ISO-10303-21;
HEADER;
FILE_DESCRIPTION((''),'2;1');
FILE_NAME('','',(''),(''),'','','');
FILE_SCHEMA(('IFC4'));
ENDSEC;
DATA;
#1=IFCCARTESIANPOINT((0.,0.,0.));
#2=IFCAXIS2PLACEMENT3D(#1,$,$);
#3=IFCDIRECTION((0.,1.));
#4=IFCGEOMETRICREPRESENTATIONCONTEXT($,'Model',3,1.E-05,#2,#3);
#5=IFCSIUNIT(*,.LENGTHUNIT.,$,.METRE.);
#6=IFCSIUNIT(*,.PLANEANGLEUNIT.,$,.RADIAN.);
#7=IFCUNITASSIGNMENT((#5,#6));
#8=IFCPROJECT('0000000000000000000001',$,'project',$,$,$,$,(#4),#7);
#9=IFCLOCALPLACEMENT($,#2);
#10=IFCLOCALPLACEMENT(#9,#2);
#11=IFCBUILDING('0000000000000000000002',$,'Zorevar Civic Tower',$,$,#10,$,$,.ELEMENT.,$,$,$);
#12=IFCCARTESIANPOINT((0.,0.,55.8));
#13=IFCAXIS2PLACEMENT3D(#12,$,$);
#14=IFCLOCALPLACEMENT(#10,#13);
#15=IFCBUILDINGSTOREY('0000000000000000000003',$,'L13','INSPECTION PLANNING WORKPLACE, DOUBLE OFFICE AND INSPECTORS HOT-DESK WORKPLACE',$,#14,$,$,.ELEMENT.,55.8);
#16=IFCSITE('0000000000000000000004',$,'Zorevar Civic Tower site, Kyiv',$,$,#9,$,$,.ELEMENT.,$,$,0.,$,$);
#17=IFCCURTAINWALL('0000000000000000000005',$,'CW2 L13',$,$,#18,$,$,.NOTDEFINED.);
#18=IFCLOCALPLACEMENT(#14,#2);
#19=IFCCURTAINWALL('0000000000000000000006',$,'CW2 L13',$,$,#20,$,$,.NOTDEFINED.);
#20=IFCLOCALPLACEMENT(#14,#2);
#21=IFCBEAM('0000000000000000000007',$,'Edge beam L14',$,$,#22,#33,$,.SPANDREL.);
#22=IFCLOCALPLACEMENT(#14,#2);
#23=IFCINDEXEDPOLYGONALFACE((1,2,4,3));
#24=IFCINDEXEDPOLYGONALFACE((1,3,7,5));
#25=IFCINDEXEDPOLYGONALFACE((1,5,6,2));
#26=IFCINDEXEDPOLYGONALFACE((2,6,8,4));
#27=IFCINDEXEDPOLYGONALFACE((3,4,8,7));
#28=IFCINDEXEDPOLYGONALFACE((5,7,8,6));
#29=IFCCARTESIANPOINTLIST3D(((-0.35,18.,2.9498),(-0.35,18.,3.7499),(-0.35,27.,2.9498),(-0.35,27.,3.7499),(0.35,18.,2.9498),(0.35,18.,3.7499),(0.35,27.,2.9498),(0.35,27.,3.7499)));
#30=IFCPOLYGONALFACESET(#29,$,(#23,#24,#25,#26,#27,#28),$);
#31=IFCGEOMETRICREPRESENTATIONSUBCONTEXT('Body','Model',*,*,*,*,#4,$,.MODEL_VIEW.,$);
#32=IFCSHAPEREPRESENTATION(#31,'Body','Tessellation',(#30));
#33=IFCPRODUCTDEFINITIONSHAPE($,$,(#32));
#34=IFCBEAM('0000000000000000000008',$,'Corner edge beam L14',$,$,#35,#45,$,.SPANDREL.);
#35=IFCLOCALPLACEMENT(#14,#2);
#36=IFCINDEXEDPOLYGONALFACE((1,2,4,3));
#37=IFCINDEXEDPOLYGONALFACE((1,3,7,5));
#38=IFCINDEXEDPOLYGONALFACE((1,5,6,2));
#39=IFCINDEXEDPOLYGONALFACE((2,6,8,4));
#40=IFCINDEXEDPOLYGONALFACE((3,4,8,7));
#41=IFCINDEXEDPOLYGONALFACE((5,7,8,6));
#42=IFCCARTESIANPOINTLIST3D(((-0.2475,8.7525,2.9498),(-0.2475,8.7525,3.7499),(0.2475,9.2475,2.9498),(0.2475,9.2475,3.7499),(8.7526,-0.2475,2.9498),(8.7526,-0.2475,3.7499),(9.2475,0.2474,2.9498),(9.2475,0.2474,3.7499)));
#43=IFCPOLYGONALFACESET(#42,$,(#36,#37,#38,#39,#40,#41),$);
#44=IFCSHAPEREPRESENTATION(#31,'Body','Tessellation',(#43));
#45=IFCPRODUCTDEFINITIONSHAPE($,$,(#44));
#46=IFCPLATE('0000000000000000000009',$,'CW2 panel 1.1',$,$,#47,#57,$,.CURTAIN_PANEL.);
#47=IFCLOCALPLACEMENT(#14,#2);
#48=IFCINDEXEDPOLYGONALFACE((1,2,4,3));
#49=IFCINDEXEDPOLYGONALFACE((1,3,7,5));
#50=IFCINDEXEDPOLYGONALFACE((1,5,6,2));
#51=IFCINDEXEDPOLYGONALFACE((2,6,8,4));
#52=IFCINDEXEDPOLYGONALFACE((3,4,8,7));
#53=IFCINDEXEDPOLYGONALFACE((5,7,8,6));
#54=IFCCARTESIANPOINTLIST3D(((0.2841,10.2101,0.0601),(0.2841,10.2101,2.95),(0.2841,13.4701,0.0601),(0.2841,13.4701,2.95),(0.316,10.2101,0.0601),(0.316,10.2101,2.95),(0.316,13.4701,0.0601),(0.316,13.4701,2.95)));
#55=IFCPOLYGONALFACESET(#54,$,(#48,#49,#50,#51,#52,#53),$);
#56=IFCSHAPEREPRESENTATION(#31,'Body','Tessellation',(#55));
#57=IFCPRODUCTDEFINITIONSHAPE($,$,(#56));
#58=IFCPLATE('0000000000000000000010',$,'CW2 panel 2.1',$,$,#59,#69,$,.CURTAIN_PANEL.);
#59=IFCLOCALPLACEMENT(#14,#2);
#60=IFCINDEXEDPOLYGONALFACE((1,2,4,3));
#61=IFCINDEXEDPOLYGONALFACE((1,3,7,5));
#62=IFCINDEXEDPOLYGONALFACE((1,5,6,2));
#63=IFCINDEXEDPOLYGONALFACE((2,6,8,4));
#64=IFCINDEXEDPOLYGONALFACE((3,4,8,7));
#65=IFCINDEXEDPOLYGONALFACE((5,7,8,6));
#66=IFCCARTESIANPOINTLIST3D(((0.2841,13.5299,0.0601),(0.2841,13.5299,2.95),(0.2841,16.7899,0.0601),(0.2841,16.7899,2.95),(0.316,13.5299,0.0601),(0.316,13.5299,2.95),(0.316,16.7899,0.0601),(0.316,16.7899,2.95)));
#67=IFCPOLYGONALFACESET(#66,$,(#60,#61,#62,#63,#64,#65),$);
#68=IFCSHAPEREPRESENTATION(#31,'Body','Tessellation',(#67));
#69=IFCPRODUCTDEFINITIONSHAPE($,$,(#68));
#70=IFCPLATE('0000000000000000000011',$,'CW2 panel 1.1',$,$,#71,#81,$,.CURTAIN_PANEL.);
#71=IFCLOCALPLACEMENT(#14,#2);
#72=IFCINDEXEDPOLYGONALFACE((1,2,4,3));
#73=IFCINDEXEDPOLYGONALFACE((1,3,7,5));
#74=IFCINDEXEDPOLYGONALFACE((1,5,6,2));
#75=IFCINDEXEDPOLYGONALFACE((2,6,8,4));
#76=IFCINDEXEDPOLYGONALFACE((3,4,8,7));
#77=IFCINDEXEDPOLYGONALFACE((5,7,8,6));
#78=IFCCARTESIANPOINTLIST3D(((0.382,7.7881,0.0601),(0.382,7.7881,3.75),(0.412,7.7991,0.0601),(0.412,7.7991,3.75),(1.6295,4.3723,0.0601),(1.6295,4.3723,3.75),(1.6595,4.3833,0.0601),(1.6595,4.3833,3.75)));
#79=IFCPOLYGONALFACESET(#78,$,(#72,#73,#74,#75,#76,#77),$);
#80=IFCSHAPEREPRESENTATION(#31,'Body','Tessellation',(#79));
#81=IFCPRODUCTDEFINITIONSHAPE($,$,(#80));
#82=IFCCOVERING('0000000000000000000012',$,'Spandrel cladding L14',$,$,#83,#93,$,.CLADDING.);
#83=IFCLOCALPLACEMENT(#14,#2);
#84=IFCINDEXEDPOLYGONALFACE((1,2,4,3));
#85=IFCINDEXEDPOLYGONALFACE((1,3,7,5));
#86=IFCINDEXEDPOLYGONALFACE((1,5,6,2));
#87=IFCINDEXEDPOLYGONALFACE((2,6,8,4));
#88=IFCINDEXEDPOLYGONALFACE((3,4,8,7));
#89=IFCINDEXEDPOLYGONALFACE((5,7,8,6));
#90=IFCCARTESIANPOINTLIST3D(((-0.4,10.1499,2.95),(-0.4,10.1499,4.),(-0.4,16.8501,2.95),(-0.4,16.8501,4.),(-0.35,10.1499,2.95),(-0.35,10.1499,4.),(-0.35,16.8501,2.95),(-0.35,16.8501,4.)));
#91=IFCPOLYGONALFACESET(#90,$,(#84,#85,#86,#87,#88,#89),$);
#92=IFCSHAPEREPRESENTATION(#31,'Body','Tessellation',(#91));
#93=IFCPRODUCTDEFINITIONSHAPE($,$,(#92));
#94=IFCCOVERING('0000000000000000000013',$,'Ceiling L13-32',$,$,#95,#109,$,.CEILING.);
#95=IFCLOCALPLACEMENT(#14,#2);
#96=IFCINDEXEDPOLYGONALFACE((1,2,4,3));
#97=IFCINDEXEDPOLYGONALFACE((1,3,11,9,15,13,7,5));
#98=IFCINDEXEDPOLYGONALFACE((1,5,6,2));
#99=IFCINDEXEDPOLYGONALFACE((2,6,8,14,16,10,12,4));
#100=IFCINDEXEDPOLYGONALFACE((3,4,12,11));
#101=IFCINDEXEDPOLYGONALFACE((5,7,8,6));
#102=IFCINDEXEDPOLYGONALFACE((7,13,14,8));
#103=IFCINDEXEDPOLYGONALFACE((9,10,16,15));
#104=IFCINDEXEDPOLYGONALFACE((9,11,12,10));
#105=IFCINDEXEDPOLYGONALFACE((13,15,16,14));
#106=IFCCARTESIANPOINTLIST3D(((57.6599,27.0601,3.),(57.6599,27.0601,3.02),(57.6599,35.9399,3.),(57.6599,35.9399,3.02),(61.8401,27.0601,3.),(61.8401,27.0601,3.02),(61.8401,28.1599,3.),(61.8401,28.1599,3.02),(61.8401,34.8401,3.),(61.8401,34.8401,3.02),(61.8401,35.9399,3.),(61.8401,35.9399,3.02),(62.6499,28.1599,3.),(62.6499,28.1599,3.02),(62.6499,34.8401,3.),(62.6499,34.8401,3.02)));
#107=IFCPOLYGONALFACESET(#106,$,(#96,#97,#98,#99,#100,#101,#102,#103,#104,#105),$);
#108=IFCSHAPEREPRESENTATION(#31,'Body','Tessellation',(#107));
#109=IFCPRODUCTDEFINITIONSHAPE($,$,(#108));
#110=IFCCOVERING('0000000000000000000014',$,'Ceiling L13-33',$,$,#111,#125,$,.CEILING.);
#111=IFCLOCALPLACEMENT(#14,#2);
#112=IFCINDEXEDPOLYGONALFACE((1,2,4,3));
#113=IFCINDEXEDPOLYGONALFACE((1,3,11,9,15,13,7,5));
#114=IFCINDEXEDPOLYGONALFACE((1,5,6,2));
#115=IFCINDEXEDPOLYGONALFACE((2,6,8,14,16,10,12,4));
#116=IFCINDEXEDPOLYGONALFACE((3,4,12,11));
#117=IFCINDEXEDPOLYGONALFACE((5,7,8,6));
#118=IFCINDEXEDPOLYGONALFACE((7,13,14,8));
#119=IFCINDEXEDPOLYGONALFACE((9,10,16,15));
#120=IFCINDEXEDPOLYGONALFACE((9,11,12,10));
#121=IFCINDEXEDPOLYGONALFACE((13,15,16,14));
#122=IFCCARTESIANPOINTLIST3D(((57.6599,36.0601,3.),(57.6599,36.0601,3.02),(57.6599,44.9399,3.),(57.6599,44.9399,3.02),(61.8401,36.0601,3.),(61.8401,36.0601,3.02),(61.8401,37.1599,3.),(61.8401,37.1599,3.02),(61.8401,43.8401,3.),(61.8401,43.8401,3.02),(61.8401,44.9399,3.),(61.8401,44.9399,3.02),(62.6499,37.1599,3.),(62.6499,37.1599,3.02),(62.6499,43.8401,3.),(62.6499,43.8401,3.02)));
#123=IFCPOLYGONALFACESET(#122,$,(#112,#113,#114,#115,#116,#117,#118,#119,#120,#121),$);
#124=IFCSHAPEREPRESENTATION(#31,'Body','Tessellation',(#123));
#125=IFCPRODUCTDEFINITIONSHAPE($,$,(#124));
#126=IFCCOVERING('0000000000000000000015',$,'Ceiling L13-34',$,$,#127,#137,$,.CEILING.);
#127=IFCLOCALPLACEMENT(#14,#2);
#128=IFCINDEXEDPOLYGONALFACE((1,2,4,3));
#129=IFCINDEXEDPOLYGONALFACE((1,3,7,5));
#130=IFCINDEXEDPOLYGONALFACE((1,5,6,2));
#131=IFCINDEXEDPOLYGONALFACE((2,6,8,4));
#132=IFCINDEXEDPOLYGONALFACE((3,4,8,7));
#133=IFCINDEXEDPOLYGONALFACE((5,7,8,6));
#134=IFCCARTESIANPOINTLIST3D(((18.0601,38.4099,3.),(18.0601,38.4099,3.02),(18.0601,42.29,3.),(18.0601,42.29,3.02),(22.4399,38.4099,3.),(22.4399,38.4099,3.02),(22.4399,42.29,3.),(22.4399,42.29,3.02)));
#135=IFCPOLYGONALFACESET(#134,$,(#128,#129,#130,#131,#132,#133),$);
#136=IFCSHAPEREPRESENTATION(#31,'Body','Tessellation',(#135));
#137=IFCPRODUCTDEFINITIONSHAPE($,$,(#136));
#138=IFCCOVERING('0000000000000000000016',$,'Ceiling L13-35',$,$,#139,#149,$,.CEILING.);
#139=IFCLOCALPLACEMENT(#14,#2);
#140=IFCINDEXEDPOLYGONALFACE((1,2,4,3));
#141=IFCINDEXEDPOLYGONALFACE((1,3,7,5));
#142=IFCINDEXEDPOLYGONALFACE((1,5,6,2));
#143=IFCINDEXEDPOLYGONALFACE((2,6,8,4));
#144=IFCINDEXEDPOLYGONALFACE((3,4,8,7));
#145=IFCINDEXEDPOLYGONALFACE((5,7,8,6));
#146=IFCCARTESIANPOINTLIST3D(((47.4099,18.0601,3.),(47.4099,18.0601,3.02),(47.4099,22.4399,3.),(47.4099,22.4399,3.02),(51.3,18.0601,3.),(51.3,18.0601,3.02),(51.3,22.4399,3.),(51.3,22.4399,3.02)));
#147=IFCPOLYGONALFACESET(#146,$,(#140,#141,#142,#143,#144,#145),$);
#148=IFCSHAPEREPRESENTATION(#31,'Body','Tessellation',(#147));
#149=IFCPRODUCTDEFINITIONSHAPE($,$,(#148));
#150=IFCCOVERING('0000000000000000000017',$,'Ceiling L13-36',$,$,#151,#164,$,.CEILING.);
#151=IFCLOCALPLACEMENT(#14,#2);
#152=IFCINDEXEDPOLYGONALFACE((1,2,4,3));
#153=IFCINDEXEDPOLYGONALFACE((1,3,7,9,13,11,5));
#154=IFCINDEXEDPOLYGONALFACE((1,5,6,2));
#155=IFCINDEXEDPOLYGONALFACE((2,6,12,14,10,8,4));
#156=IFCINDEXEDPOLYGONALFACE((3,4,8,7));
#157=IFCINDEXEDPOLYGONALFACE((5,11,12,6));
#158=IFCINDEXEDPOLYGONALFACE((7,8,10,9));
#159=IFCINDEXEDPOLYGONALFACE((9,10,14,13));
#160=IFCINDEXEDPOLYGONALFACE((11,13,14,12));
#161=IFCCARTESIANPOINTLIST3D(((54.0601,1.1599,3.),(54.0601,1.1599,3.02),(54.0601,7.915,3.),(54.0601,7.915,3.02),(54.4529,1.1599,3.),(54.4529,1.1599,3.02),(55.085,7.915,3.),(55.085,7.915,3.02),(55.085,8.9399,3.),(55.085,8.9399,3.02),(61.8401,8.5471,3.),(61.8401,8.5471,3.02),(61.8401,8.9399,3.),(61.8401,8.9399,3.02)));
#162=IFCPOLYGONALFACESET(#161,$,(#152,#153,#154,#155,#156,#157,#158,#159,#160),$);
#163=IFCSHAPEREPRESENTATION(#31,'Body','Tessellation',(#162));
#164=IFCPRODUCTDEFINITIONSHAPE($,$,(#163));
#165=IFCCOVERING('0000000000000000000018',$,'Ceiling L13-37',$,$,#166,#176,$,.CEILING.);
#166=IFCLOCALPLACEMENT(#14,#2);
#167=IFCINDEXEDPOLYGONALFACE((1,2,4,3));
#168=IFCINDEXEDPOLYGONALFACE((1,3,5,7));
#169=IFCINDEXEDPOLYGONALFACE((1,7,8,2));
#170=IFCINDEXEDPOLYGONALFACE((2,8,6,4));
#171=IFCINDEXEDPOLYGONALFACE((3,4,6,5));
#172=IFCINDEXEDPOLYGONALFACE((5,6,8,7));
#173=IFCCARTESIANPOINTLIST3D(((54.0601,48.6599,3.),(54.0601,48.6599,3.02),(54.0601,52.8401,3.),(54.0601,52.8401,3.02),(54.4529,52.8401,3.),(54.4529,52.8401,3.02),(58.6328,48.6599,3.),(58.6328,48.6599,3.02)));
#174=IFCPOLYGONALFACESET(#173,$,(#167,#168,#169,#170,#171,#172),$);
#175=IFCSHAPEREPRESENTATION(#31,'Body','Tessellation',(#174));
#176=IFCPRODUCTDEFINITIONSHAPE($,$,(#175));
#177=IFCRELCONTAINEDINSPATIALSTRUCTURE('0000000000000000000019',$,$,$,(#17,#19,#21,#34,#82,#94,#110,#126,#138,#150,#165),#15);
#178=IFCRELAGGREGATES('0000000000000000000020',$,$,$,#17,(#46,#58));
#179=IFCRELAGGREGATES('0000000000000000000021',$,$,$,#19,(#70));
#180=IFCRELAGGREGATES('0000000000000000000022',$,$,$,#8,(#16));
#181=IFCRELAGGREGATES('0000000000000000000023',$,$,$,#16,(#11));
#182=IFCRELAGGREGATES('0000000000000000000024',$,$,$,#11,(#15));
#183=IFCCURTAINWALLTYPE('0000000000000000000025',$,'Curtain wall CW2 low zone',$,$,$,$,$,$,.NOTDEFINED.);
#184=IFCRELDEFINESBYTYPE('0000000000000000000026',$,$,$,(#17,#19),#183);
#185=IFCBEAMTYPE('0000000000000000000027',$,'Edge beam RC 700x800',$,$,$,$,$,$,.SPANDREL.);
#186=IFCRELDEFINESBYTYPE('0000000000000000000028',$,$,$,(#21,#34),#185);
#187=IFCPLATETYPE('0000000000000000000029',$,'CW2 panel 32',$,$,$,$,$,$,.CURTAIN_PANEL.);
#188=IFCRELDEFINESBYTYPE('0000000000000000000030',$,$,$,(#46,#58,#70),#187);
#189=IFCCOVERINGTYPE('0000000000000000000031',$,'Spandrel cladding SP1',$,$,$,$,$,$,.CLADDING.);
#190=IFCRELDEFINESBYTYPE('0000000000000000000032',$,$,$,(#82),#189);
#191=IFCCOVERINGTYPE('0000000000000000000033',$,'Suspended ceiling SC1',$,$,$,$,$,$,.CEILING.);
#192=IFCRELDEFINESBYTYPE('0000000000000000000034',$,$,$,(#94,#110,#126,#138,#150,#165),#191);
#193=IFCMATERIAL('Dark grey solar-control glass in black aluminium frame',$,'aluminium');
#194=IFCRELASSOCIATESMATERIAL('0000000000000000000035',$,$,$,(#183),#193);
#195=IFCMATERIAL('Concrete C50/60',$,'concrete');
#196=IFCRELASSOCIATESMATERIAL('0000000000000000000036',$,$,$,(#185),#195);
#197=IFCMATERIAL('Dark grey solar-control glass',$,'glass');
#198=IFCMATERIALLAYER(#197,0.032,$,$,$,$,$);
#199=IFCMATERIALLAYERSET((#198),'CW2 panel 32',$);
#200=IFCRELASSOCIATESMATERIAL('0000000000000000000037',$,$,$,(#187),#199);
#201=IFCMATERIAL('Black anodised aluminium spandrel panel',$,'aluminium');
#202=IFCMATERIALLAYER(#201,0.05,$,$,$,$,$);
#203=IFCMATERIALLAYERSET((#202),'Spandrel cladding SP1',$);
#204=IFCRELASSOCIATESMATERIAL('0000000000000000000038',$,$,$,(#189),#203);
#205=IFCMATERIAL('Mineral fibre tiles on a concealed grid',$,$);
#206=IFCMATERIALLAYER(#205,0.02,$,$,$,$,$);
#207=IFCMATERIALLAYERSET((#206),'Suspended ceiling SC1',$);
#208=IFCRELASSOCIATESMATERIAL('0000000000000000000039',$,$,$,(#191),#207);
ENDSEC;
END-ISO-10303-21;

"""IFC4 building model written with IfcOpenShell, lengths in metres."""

from ifc_helpers import new_model, si_unit, direction, frame, frame_2d, origin, origin_2d, place, context, subcontext, project, spatial, polyline, rectangle, outline, extrude, material, layer, layer_set, material_profile, profile_set, type_object, element, aggregate, save


model = new_model("IFC4")

# Units and contexts
model_context = context("Model", 3, precision=1e-05, world=origin(), true_north=direction((0.0, 1.0)))
body_context = subcontext(model_context, "Body", "Model", "MODEL_VIEW")
ifc_project = project(units=[si_unit("LENGTHUNIT", "METRE"), si_unit("PLANEANGLEUNIT", "RADIAN")], contexts=[model_context])

# Site, building, storey
site_placement = place(None, origin())
site = spatial("IfcSite", under=ifc_project, at=site_placement, Name="Zorevar Civic Tower site, Kyiv", CompositionType="ELEMENT", RefElevation=0.0)
building_placement = place(site_placement, origin())
building = spatial("IfcBuilding", under=site, at=building_placement, Name="Zorevar Civic Tower", CompositionType="ELEMENT")
storey_placement = place(building_placement, frame((0.0, 0.0, 55.8)))
storey = spatial("IfcBuildingStorey", under=building, at=storey_placement, Name="L13", Description="INSPECTION PLANNING WORKPLACE, DOUBLE OFFICE AND INSPECTORS HOT-DESK WORKPLACE", CompositionType="ELEMENT", Elevation=55.8)

# Curtain wall
ifc_material_1 = material(Name="Dark grey solar-control glass in black aluminium frame", Category="aluminium")
curtain_wall_type = type_object("IfcCurtainWallType", Name="Curtain wall CW2 low zone", PredefinedType="NOTDEFINED", material=ifc_material_1)
curtain_wall_1_placement = place(storey_placement, origin())
curtain_wall_1 = element("IfcCurtainWall", 1, at=curtain_wall_1_placement, inside=storey, type_object=curtain_wall_type, Name="CW2 L13", PredefinedType="NOTDEFINED")

# Curtain wall
curtain_wall_2_placement = place(storey_placement, origin())
curtain_wall_2 = element("IfcCurtainWall", 2, at=curtain_wall_2_placement, inside=storey, type_object=curtain_wall_type, Name="CW2 L13", PredefinedType="NOTDEFINED")

# Beams
ifc_material_2 = material(Name="Concrete C50/60", Category="concrete")
ifc_material_profile_1 = material_profile(ifc_material_2, rectangle(XDim=0.7, YDim=0.8, at=origin_2d()), Name="RC 700x800")
ifc_profile_set_1 = profile_set([ifc_material_profile_1], Name="Concrete C50/60")
beam_type_1 = type_object("IfcBeamType", Name="Edge beam RC 700x800", PredefinedType="SPANDREL", material=ifc_profile_set_1)
for number, where, z_axis, x_axis, name in (
    (3, (0.0, 18.0, 3.3499), (0.0, 1.0, 0.0), (-1.0, 0.0, 0.0), "Edge beam L14"),
):
    element("IfcBeam", number, at=place(storey_placement, frame(where, z_axis=z_axis, x_axis=x_axis)), inside=storey, type_object=beam_type_1, Name=name, PredefinedType="SPANDREL", context=body_context, shape_type="SweptSolid", body=[
        extrude(rectangle(XDim=0.7, YDim=0.8, at=origin_2d()), origin(), (0.0, 0.0, 1.0), 9.0),
    ])
beam_1_placement = place(storey_placement, frame((0.0, 9.0, 3.3499), z_axis=(0.707107, -0.707107, 0.0), x_axis=(0.707107, 0.707107, 0.0)))
element("IfcBeam", 4, at=beam_1_placement, inside=storey, type_object=beam_type_1, Name="Corner edge beam L14", PredefinedType="SPANDREL", context=body_context, shape_type="SweptSolid", body=[
    extrude(rectangle(XDim=0.7, YDim=0.8, at=origin_2d()), origin(), (0.0, 0.0, 1.0), 12.728),
])

# Plates
ifc_material_3 = material(Name="Dark grey solar-control glass", Category="glass")
ifc_layer_1 = layer(ifc_material_3, 0.032)
ifc_layer_set_1 = layer_set([ifc_layer_1], Name="CW2 panel 32")
plate_type = type_object("IfcPlateType", Name="CW2 panel 32", PredefinedType="CURTAIN_PANEL", material=ifc_layer_set_1)
plate_1_placement = place(storey_placement, frame((0.3, 11.8401, 0.0601), z_axis=(0.0, 0.0, 1.0), x_axis=(0.0, 1.0, 0.0)))
plate_1 = element("IfcPlate", 5, at=plate_1_placement, type_object=plate_type, Name="CW2 panel 1.1", PredefinedType="CURTAIN_PANEL", context=body_context, shape_type="SweptSolid", body=[
    extrude(rectangle(XDim=3.26, YDim=0.032, at=origin_2d()), origin(), (0.0, 0.0, 1.0), 2.8899),
])
plate_2_placement = place(storey_placement, frame((0.3, 15.1599, 0.0601), z_axis=(0.0, 0.0, 1.0), x_axis=(0.0, 1.0, 0.0)))
plate_2 = element("IfcPlate", 6, at=plate_2_placement, type_object=plate_type, Name="CW2 panel 2.1", PredefinedType="CURTAIN_PANEL", context=body_context, shape_type="SweptSolid", body=[
    extrude(rectangle(XDim=3.26, YDim=0.032, at=origin_2d()), origin(), (0.0, 0.0, 1.0), 2.8899),
])
aggregate(curtain_wall_1, [plate_1, plate_2])
plate_3_placement = place(storey_placement, frame((1.0208, 6.0857, 0.0601), z_axis=(0.0, 0.0, 1.0), x_axis=(0.34306, -0.939313, 0.0)))
plate_3 = element("IfcPlate", 7, at=plate_3_placement, type_object=plate_type, Name="CW2 panel 1.1", PredefinedType="CURTAIN_PANEL", context=body_context, shape_type="SweptSolid", body=[
    extrude(rectangle(XDim=3.6365, YDim=0.032, at=origin_2d()), origin(), (0.0, 0.0, 1.0), 3.6899),
])
aggregate(curtain_wall_2, [plate_3])

# Coverings
ifc_material_4 = material(Name="Black anodised aluminium spandrel panel", Category="aluminium")
ifc_layer_2 = layer(ifc_material_4, 0.05)
ifc_layer_set_2 = layer_set([ifc_layer_2], Name="Spandrel cladding SP1")
covering_type_1 = type_object("IfcCoveringType", Name="Spandrel cladding SP1", PredefinedType="CLADDING", material=ifc_layer_set_2)
covering_1_placement = place(storey_placement, frame((-0.375, 10.1499, 2.95), z_axis=(0.0, 0.0, 1.0), x_axis=(0.0, 1.0, 0.0)))
element("IfcCovering", 8, at=covering_1_placement, inside=storey, type_object=covering_type_1, Name="Spandrel cladding L14", PredefinedType="CLADDING", context=body_context, shape_type="SweptSolid", body=[
    extrude(rectangle(XDim=6.7002, YDim=0.05, at=frame_2d((3.3501, 0.0))), origin(), (0.0, 0.0, 1.0), 1.05),
])
ifc_material_5 = material(Name="Mineral fibre tiles on a concealed grid")
ifc_layer_3 = layer(ifc_material_5, 0.02)
ifc_layer_set_3 = layer_set([ifc_layer_3], Name="Suspended ceiling SC1")
covering_type_2 = type_object("IfcCoveringType", Name="Suspended ceiling SC1", PredefinedType="CEILING", material=ifc_layer_set_3)
covering_2_placement = place(storey_placement, frame((0.0, 0.0, 3.0)))
element("IfcCovering", 9, at=covering_2_placement, inside=storey, type_object=covering_type_2, Name="Ceiling L13-32", PredefinedType="CEILING", context=body_context, shape_type="SweptSolid", body=[
    extrude(outline(polyline([(62.6499, 28.1599), (61.8401, 28.1599), (61.8401, 27.0601), (57.6599, 27.0601), (57.6599, 35.9399), (61.8401, 35.9399), (61.8401, 34.8401), (62.6499, 34.8401), (62.6499, 28.1599)])), origin(), (0.0, 0.0, 1.0), 0.02),
])
covering_3_placement = place(storey_placement, frame((0.0, 0.0, 3.0)))
element("IfcCovering", 10, at=covering_3_placement, inside=storey, type_object=covering_type_2, Name="Ceiling L13-33", PredefinedType="CEILING", context=body_context, shape_type="SweptSolid", body=[
    extrude(outline(polyline([(62.6499, 37.1599), (61.8401, 37.1599), (61.8401, 36.0601), (57.6599, 36.0601), (57.6599, 44.9399), (61.8401, 44.9399), (61.8401, 43.8401), (62.6499, 43.8401), (62.6499, 37.1599)])), origin(), (0.0, 0.0, 1.0), 0.02),
])
covering_4_placement = place(storey_placement, frame((0.0, 0.0, 3.0)))
element("IfcCovering", 11, at=covering_4_placement, inside=storey, type_object=covering_type_2, Name="Ceiling L13-34", PredefinedType="CEILING", context=body_context, shape_type="SweptSolid", body=[
    extrude(outline(polyline([(18.0601, 42.29), (22.4399, 42.29), (22.4399, 38.4099), (18.0601, 38.4099), (18.0601, 42.29)])), origin(), (0.0, 0.0, 1.0), 0.02),
])
covering_5_placement = place(storey_placement, frame((0.0, 0.0, 3.0)))
element("IfcCovering", 12, at=covering_5_placement, inside=storey, type_object=covering_type_2, Name="Ceiling L13-35", PredefinedType="CEILING", context=body_context, shape_type="SweptSolid", body=[
    extrude(outline(polyline([(47.4099, 18.0601), (47.4099, 22.4399), (51.3, 22.4399), (51.3, 18.0601), (47.4099, 18.0601)])), origin(), (0.0, 0.0, 1.0), 0.02),
])
covering_6_placement = place(storey_placement, frame((0.0, 0.0, 3.0)))
element("IfcCovering", 13, at=covering_6_placement, inside=storey, type_object=covering_type_2, Name="Ceiling L13-36", PredefinedType="CEILING", context=body_context, shape_type="SweptSolid", body=[
    extrude(outline(polyline([(54.0601, 1.1599), (54.0601, 7.915), (55.085, 7.915), (55.085, 8.9399), (61.8401, 8.9399), (61.8401, 8.5471), (54.4529, 1.1599), (54.0601, 1.1599)])), origin(), (0.0, 0.0, 1.0), 0.02),
])
covering_7_placement = place(storey_placement, frame((0.0, 0.0, 3.0)))
element("IfcCovering", 14, at=covering_7_placement, inside=storey, type_object=covering_type_2, Name="Ceiling L13-37", PredefinedType="CEILING", context=body_context, shape_type="SweptSolid", body=[
    extrude(outline(polyline([(54.0601, 48.6599), (54.0601, 52.8401), (54.4529, 52.8401), (58.6328, 48.6599), (54.0601, 48.6599)])), origin(), (0.0, 0.0, 1.0), 0.02),
])

save(model, "model.ifc")
